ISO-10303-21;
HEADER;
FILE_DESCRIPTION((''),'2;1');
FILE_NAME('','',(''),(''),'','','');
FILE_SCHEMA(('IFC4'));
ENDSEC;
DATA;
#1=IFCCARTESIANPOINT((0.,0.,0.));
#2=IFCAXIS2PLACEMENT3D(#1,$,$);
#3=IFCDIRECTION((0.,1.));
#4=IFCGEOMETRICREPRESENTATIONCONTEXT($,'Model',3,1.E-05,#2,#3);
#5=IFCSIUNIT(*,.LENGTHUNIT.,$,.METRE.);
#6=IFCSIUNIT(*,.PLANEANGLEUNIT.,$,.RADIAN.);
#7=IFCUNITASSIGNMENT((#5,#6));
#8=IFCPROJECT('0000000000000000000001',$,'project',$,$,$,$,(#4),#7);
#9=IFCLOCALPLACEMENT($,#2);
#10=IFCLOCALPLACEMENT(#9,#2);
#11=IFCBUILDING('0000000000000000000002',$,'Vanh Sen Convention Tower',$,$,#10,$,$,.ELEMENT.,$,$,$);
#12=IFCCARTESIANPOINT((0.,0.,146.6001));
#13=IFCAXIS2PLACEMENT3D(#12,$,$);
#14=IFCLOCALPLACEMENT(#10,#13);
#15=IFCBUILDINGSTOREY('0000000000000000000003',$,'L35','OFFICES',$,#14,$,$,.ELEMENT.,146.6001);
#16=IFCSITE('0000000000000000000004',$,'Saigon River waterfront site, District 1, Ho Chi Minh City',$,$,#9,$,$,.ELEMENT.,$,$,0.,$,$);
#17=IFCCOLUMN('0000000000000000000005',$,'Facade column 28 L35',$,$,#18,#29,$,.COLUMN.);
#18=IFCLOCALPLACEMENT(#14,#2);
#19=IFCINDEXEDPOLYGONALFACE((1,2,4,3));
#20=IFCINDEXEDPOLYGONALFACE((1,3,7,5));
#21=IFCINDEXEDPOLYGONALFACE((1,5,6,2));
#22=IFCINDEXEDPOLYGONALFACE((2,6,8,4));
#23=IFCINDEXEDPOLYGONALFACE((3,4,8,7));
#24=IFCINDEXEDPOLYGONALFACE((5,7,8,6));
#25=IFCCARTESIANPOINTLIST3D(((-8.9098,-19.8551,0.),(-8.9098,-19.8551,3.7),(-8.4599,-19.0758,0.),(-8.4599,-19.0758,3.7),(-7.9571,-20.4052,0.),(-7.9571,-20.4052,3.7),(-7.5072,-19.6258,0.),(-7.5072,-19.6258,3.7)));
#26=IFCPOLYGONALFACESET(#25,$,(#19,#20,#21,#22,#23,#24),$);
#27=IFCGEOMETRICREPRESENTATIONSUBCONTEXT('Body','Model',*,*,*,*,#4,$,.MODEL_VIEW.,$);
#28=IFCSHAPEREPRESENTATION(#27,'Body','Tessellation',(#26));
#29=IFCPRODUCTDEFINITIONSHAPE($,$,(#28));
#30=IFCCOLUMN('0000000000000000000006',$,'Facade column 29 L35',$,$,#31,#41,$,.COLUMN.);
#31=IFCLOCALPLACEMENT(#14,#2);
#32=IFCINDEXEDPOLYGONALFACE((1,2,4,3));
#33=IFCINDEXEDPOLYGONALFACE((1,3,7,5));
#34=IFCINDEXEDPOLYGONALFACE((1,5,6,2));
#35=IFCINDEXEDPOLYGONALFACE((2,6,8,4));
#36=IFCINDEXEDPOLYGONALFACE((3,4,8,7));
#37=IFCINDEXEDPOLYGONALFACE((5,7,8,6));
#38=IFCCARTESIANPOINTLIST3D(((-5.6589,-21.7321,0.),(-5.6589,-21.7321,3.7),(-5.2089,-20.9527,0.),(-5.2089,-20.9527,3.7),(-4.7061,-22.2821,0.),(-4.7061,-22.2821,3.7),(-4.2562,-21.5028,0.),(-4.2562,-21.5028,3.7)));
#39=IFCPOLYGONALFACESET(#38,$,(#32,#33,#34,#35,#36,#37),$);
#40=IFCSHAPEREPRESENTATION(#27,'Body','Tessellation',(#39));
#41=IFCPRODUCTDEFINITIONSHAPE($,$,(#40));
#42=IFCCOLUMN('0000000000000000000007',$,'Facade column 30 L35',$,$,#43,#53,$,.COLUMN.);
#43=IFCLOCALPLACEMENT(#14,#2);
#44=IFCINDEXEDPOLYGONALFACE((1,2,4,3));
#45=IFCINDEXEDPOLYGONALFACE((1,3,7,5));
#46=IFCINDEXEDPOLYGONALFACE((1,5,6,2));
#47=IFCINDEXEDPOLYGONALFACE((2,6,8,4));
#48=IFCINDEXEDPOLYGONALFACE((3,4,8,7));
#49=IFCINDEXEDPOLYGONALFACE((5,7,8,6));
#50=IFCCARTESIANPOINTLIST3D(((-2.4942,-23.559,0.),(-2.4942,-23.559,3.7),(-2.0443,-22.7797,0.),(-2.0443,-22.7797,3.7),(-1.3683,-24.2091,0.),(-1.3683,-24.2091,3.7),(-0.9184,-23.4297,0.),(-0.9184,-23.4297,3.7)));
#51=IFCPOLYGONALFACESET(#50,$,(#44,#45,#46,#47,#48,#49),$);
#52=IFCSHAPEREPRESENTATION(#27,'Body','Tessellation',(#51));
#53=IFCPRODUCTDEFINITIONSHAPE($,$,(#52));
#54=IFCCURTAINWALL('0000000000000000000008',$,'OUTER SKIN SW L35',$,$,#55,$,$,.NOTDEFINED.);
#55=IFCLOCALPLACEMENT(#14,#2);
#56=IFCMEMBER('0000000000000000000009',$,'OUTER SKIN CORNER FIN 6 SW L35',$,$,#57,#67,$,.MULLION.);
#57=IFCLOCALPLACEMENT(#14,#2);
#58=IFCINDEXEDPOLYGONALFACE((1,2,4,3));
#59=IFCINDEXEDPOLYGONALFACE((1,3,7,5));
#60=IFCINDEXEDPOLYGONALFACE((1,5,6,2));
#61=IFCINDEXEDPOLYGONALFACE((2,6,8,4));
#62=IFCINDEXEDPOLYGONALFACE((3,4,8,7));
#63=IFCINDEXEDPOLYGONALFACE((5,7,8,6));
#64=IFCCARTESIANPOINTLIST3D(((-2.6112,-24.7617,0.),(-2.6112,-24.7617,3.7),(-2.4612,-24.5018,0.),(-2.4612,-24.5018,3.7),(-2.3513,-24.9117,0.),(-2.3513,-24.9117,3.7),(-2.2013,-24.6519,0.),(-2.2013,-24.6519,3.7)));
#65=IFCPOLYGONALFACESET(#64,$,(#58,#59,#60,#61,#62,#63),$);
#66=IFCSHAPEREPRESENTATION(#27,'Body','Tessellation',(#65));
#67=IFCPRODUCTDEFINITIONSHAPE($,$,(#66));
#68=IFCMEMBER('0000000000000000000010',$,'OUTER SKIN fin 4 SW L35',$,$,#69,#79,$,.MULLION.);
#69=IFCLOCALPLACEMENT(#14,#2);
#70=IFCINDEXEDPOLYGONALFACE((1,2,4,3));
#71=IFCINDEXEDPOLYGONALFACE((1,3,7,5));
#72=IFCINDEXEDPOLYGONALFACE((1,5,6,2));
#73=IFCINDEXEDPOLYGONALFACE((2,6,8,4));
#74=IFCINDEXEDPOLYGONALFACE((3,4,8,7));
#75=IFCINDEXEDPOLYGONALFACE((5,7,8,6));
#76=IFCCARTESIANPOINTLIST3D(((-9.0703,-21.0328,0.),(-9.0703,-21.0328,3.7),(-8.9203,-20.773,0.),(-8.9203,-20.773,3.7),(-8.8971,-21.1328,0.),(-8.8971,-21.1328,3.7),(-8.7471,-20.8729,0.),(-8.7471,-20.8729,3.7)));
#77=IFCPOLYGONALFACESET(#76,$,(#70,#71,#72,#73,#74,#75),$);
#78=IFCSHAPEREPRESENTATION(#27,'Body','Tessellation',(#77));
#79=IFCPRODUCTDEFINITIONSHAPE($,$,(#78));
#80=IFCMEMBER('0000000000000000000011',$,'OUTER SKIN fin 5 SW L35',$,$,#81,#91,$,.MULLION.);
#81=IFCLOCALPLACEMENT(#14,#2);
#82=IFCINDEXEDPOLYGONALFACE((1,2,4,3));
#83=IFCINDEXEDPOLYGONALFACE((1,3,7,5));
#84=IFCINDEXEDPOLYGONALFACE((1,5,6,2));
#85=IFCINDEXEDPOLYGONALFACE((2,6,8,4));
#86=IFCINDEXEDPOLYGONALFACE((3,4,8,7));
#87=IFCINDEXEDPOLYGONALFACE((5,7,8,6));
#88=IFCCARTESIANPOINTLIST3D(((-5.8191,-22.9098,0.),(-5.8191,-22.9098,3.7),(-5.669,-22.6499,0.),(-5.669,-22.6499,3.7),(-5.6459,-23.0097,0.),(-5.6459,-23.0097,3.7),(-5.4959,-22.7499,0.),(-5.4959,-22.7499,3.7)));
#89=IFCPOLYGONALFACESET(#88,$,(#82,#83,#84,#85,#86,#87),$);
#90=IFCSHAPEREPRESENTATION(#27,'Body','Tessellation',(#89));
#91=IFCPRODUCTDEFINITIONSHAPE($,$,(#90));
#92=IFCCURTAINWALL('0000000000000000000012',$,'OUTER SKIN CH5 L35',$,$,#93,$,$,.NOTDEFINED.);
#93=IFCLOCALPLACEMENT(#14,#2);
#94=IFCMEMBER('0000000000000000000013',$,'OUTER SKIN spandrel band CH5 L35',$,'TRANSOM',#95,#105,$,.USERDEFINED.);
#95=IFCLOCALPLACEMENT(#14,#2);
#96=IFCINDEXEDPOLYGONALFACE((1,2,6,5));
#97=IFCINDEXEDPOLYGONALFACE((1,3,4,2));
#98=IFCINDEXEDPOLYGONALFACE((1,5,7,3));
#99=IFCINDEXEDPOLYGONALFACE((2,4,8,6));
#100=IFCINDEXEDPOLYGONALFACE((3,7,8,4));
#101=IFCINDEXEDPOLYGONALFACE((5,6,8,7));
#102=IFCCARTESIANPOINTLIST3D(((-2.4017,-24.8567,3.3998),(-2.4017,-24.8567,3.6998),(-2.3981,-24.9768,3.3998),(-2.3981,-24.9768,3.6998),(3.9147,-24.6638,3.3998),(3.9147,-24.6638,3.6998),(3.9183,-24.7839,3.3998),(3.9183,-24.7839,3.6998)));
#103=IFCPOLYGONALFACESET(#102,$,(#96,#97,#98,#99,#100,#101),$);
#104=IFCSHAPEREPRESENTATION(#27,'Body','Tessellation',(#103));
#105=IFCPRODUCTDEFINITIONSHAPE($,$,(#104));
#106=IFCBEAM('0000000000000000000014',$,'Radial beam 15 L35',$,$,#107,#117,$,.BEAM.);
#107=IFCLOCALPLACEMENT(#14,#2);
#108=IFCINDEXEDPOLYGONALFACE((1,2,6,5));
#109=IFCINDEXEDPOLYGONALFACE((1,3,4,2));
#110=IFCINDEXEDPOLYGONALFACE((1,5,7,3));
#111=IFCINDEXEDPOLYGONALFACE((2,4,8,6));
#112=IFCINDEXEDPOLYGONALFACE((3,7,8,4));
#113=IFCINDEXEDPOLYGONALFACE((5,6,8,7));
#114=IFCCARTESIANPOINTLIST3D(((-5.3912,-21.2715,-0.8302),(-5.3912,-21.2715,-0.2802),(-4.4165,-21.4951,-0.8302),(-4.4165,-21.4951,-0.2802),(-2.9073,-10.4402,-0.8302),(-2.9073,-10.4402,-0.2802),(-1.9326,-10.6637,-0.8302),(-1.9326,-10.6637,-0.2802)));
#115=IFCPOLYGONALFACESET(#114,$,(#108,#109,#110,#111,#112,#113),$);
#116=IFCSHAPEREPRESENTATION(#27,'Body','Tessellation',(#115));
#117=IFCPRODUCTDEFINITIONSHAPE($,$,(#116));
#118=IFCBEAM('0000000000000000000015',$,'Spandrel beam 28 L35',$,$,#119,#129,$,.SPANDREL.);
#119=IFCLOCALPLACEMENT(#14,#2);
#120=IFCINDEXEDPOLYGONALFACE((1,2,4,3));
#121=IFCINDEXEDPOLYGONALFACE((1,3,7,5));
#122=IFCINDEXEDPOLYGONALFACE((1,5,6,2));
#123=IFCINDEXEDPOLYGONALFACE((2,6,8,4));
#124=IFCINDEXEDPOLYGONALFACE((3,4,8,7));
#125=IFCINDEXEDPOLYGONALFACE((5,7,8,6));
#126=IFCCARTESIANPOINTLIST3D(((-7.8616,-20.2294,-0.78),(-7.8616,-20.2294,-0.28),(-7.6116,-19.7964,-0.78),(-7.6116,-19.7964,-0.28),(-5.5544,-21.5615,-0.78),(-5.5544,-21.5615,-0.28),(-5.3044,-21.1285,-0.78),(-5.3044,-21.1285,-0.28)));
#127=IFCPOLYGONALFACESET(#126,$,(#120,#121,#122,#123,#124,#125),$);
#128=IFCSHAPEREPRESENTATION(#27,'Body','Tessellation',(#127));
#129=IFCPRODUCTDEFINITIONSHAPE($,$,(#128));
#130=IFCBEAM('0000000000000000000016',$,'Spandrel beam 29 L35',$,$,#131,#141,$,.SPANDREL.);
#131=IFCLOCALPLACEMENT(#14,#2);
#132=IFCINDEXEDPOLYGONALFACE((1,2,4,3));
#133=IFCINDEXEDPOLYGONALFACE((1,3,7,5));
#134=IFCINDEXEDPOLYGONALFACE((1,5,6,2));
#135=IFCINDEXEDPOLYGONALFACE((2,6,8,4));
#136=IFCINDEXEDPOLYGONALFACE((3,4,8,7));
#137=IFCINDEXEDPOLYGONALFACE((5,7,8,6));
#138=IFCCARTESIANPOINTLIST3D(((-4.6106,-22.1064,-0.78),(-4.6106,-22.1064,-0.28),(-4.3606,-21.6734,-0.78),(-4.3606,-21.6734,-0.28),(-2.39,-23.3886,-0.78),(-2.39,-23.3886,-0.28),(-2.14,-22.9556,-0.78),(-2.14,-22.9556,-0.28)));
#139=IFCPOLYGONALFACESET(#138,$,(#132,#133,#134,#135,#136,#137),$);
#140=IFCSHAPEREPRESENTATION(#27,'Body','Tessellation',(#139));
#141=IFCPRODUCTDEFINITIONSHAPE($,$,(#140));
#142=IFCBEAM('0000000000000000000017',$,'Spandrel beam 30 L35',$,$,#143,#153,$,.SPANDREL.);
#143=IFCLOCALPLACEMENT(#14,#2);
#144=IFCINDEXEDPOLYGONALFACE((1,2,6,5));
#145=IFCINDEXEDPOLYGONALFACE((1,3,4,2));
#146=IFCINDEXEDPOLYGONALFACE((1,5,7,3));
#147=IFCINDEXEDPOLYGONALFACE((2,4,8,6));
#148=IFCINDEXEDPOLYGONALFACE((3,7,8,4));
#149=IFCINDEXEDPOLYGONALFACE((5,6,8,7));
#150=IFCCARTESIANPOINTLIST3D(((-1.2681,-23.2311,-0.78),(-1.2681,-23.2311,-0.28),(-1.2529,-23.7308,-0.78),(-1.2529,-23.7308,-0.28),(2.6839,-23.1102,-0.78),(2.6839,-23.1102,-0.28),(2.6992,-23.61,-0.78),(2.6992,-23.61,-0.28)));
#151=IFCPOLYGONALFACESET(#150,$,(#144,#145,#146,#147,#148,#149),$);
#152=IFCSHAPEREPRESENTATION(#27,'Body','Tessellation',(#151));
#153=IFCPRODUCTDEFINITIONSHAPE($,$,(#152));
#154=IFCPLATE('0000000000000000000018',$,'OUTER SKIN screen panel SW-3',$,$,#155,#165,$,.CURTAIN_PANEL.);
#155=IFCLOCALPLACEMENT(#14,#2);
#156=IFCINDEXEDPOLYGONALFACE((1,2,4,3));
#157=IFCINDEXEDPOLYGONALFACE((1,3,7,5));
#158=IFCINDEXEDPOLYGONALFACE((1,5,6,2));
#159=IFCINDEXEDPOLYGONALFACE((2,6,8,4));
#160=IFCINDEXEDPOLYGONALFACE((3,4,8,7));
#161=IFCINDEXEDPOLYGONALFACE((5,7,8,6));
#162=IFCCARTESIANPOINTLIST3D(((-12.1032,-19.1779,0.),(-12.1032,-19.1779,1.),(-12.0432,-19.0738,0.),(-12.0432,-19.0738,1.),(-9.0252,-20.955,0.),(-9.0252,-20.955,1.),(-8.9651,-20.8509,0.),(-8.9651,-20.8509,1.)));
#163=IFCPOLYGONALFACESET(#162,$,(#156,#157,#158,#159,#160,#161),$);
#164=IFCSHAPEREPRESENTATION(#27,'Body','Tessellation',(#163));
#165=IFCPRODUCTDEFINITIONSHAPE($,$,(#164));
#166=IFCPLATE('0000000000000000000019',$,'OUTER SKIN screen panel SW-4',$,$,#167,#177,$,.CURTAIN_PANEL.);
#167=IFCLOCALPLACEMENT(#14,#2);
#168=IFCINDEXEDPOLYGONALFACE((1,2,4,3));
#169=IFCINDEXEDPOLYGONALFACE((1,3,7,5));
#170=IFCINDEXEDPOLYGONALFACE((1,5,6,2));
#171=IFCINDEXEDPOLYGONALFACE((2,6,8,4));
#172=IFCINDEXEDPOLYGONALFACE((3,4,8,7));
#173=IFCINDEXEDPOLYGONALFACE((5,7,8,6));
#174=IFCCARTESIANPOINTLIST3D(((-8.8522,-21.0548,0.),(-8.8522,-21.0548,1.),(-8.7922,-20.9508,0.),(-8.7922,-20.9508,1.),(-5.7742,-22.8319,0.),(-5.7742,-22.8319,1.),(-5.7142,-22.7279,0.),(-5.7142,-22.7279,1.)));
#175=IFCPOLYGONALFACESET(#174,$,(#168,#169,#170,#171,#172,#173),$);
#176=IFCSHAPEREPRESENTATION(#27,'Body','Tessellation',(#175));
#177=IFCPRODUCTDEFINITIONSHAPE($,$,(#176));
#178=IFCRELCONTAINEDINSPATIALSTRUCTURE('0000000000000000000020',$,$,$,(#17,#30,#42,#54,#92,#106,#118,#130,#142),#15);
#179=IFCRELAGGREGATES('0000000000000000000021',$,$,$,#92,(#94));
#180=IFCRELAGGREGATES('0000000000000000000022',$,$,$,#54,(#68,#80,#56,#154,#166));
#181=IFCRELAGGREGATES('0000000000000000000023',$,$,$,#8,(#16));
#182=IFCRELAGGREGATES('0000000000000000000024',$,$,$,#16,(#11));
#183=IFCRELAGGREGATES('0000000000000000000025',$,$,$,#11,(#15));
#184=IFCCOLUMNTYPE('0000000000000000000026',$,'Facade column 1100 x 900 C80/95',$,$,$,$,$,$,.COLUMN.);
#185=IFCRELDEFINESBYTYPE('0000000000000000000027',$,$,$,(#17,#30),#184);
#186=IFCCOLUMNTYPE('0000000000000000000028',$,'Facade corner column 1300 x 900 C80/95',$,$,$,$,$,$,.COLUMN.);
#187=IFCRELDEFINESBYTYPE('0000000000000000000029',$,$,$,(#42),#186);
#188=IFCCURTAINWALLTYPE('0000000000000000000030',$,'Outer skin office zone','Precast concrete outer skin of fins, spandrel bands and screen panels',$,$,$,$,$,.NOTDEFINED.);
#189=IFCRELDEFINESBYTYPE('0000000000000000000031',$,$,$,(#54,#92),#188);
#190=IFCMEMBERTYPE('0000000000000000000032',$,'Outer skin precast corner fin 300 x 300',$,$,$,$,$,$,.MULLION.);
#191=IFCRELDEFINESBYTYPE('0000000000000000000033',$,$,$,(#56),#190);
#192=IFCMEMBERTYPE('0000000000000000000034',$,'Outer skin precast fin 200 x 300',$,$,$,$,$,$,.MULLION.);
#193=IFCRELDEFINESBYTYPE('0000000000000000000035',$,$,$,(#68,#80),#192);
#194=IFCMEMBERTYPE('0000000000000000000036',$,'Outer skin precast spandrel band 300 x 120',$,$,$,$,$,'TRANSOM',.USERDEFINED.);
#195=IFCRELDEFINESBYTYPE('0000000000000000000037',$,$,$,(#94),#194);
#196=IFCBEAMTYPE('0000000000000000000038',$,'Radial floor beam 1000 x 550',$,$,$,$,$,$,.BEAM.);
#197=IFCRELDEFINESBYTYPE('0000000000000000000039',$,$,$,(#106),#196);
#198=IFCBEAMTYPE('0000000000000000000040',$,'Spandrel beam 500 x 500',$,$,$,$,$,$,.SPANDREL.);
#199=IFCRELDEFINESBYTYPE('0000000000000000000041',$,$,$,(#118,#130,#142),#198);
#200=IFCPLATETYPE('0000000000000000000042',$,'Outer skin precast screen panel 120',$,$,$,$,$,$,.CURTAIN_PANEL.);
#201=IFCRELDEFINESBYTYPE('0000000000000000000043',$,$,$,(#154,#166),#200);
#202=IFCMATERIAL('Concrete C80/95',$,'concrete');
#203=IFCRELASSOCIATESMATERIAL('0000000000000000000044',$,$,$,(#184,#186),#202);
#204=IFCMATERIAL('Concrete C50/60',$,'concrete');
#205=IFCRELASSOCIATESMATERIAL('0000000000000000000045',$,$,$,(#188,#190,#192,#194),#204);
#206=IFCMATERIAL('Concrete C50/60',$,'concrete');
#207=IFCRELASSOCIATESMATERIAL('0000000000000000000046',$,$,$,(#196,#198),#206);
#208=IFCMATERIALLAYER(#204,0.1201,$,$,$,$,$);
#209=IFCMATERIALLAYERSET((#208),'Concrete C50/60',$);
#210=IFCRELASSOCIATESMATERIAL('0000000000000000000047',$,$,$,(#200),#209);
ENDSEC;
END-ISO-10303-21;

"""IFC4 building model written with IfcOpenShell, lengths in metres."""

from ifc_helpers import new_model, si_unit, direction, frame, origin, origin_2d, place, context, subcontext, project, spatial, rectangle, extrude, material, layer, layer_set, material_profile, profile_set, type_object, element, aggregate, save


model = new_model("IFC4")

# Units and contexts
model_context = context("Model", 3, precision=1e-05, world=origin(), true_north=direction((0.0, 1.0)))
body_context = subcontext(model_context, "Body", "Model", "MODEL_VIEW")
ifc_project = project(units=[si_unit("LENGTHUNIT", "METRE"), si_unit("PLANEANGLEUNIT", "RADIAN")], contexts=[model_context])

# Site, building, storey
site_placement = place(None, origin())
site = spatial("IfcSite", under=ifc_project, at=site_placement, Name="Saigon River waterfront site, District 1, Ho Chi Minh City", CompositionType="ELEMENT", RefElevation=0.0)
building_placement = place(site_placement, origin())
building = spatial("IfcBuilding", under=site, at=building_placement, Name="Vanh Sen Convention Tower", CompositionType="ELEMENT")
storey_placement = place(building_placement, frame((0.0, 0.0, 146.6001)))
storey = spatial("IfcBuildingStorey", under=building, at=storey_placement, Name="L35", Description="OFFICES", CompositionType="ELEMENT", Elevation=146.6001)

# Columns
ifc_material_1 = material(Name="Concrete C80/95", Category="concrete")
ifc_material_profile_1 = material_profile(ifc_material_1, rectangle(XDim=1.1001, YDim=0.8999, at=origin_2d()), Name="RC 1100X900")
ifc_profile_set_1 = profile_set([ifc_material_profile_1], Name="Concrete C80/95")
column_type_1 = type_object("IfcColumnType", Name="Facade column 1100 x 900 C80/95", PredefinedType="COLUMN", material=ifc_profile_set_1)
for number, where, z_axis, x_axis, name in (
    (1, (-8.2085, -19.7405, 0.0), (0.0, 0.0, 1.0), (0.866025, -0.5, 0.0), "Facade column 28 L35"),
    (2, (-4.9575, -21.6174, 0.0), (0.0, 0.0, 1.0), (0.866025, -0.5, 0.0), "Facade column 29 L35"),
):
    element("IfcColumn", number, at=place(storey_placement, frame(where, z_axis=z_axis, x_axis=x_axis)), inside=storey, type_object=column_type_1, Name=name, PredefinedType="COLUMN", context=body_context, shape_type="SweptSolid", body=[
        extrude(rectangle(XDim=1.1001, YDim=0.8999, at=origin_2d()), origin(), (0.0, 0.0, 1.0), 3.7),
    ])
ifc_material_profile_2 = material_profile(ifc_material_1, rectangle(XDim=1.3, YDim=0.8999, at=origin_2d()), Name="RC 1300X900")
ifc_profile_set_2 = profile_set([ifc_material_profile_2], Name="Concrete C80/95")
column_type_2 = type_object("IfcColumnType", Name="Facade corner column 1300 x 900 C80/95", PredefinedType="COLUMN", material=ifc_profile_set_2)
column_placement = place(storey_placement, frame((-1.7063, -23.4944, 0.0), z_axis=(0.0, 0.0, 1.0), x_axis=(0.866025, -0.5, 0.0)))
element("IfcColumn", 3, at=column_placement, inside=storey, type_object=column_type_2, Name="Facade column 30 L35", PredefinedType="COLUMN", context=body_context, shape_type="SweptSolid", body=[
    extrude(rectangle(XDim=1.3, YDim=0.8999, at=origin_2d()), origin(), (0.0, 0.0, 1.0), 3.7),
])

# Curtain wall, members
ifc_material_2 = material(Name="Concrete C50/60", Category="concrete")
curtain_wall_type = type_object("IfcCurtainWallType", Name="Outer skin office zone", Description="Precast concrete outer skin of fins, spandrel bands and screen panels", PredefinedType="NOTDEFINED", material=ifc_material_2)
curtain_wall_1_placement = place(storey_placement, origin())
curtain_wall_1 = element("IfcCurtainWall", 4, at=curtain_wall_1_placement, inside=storey, type_object=curtain_wall_type, Name="OUTER SKIN SW L35", PredefinedType="NOTDEFINED")
ifc_material_profile_3 = material_profile(ifc_material_2, rectangle(XDim=0.3, YDim=0.3, at=origin_2d()), Name="Outer skin precast corner fin 300 x 300")
ifc_profile_set_3 = profile_set([ifc_material_profile_3], Name="Concrete C50/60")
member_type_1 = type_object("IfcMemberType", Name="Outer skin precast corner fin 300 x 300", PredefinedType="MULLION", material=ifc_profile_set_3)
member_1_placement = place(storey_placement, frame((-2.4062, -24.7068, 0.0), z_axis=(0.0, 0.0, 1.0), x_axis=(0.866025, -0.5, 0.0)))
member_1 = element("IfcMember", 5, at=member_1_placement, type_object=member_type_1, Name="OUTER SKIN CORNER FIN 6 SW L35", PredefinedType="MULLION", context=body_context, shape_type="SweptSolid", body=[
    extrude(rectangle(XDim=0.3, YDim=0.3, at=origin_2d()), origin(), (0.0, 0.0, 1.0), 3.7),
])
ifc_material_profile_4 = material_profile(ifc_material_2, rectangle(XDim=0.2, YDim=0.3, at=origin_2d()), Name="Outer skin precast fin 200 x 300")
ifc_profile_set_4 = profile_set([ifc_material_profile_4], Name="Concrete C50/60")
member_type_2 = type_object("IfcMemberType", Name="Outer skin precast fin 200 x 300", PredefinedType="MULLION", material=ifc_profile_set_4)
member_2_placement = place(storey_placement, frame((-8.9087, -20.9529, 0.0), z_axis=(0.0, 0.0, 1.0), x_axis=(0.866025, -0.5, 0.0)))
member_2 = element("IfcMember", 6, at=member_2_placement, type_object=member_type_2, Name="OUTER SKIN fin 4 SW L35", PredefinedType="MULLION", context=body_context, shape_type="SweptSolid", body=[
    extrude(rectangle(XDim=0.2, YDim=0.3, at=origin_2d()), origin(), (0.0, 0.0, 1.0), 3.7),
])
member_3_placement = place(storey_placement, frame((-5.6575, -22.8298, 0.0), z_axis=(0.0, 0.0, 1.0), x_axis=(0.866025, -0.5, 0.0)))
member_3 = element("IfcMember", 7, at=member_3_placement, type_object=member_type_2, Name="OUTER SKIN fin 5 SW L35", PredefinedType="MULLION", context=body_context, shape_type="SweptSolid", body=[
    extrude(rectangle(XDim=0.2, YDim=0.3, at=origin_2d()), origin(), (0.0, 0.0, 1.0), 3.7),
])

# Curtain wall, member
curtain_wall_2_placement = place(storey_placement, origin())
curtain_wall_2 = element("IfcCurtainWall", 8, at=curtain_wall_2_placement, inside=storey, type_object=curtain_wall_type, Name="OUTER SKIN CH5 L35", PredefinedType="NOTDEFINED")
ifc_material_profile_5 = material_profile(ifc_material_2, rectangle(XDim=0.1201, YDim=0.3, at=origin_2d()), Name="Outer skin precast spandrel band 300 x 120")
ifc_profile_set_5 = profile_set([ifc_material_profile_5], Name="Concrete C50/60")
member_type_3 = type_object("IfcMemberType", Name="Outer skin precast spandrel band 300 x 120", ElementType="TRANSOM", PredefinedType="USERDEFINED", material=ifc_profile_set_5)
member_4_placement = place(storey_placement, frame((-2.3999, -24.9167, 3.5498), z_axis=(0.999534, 0.030521, 0.0), x_axis=(-0.030521, 0.999534, 0.0)))
member_4 = element("IfcMember", 9, at=member_4_placement, type_object=member_type_3, Name="OUTER SKIN spandrel band CH5 L35", ObjectType="TRANSOM", PredefinedType="USERDEFINED", context=body_context, shape_type="SweptSolid", body=[
    extrude(rectangle(XDim=0.1201, YDim=0.3, at=origin_2d()), origin(), (0.0, 0.0, 1.0), 6.3193),
])
aggregate(curtain_wall_2, [member_4])

# Beams
ifc_material_3 = material(Name="Concrete C50/60", Category="concrete")
ifc_material_profile_6 = material_profile(ifc_material_3, rectangle(XDim=1.0, YDim=0.55, at=origin_2d()), Name="RC 1000X550")
ifc_profile_set_6 = profile_set([ifc_material_profile_6], Name="Concrete C50/60")
beam_type_1 = type_object("IfcBeamType", Name="Radial floor beam 1000 x 550", PredefinedType="BEAM", material=ifc_profile_set_6)
beam_1_placement = place(storey_placement, frame((-4.9038, -21.3833, -0.5552), z_axis=(0.223523, 0.974699, 0.0), x_axis=(-0.974699, 0.223523, 0.0)))
element("IfcBeam", 10, at=beam_1_placement, inside=storey, type_object=beam_type_1, Name="Radial beam 15 L35", PredefinedType="BEAM", context=body_context, shape_type="SweptSolid", body=[
    extrude(rectangle(XDim=1.0, YDim=0.55, at=origin_2d()), origin(), (0.0, 0.0, 1.0), 11.1125),
])
ifc_material_profile_7 = material_profile(ifc_material_3, rectangle(XDim=0.5, YDim=0.5, at=origin_2d()), Name="RC 500X500")
ifc_profile_set_7 = profile_set([ifc_material_profile_7], Name="Concrete C50/60")
beam_type_2 = type_object("IfcBeamType", Name="Spandrel beam 500 x 500", PredefinedType="SPANDREL", material=ifc_profile_set_7)
beam_2_placement = place(storey_placement, frame((-7.7366, -20.0129, -0.53), z_axis=(0.866024, -0.500003, 0.0), x_axis=(0.500003, 0.866024, 0.0)))
element("IfcBeam", 11, at=beam_2_placement, inside=storey, type_object=beam_type_2, Name="Spandrel beam 28 L35", PredefinedType="SPANDREL", context=body_context, shape_type="SweptSolid", body=[
    extrude(rectangle(XDim=0.5, YDim=0.5, at=origin_2d()), origin(), (0.0, 0.0, 1.0), 2.6641),
])
beam_3_placement = place(storey_placement, frame((-4.4856, -21.8899, -0.53), z_axis=(0.866008, -0.50003, 0.0), x_axis=(0.50003, 0.866008, 0.0)))
element("IfcBeam", 12, at=beam_3_placement, inside=storey, type_object=beam_type_2, Name="Spandrel beam 29 L35", PredefinedType="SPANDREL", context=body_context, shape_type="SweptSolid", body=[
    extrude(rectangle(XDim=0.5, YDim=0.5, at=origin_2d()), origin(), (0.0, 0.0, 1.0), 2.5642),
])
beam_4_placement = place(storey_placement, frame((-1.2605, -23.481, -0.53), z_axis=(0.999533, 0.030566, 0.0), x_axis=(-0.030566, 0.999533, 0.0)))
element("IfcBeam", 13, at=beam_4_placement, inside=storey, type_object=beam_type_2, Name="Spandrel beam 30 L35", PredefinedType="SPANDREL", context=body_context, shape_type="SweptSolid", body=[
    extrude(rectangle(XDim=0.5, YDim=0.5, at=origin_2d()), origin(), (0.0, 0.0, 1.0), 3.9539),
])

# Plates
ifc_layer_1 = layer(ifc_material_2, 0.1201)
ifc_layer_set_1 = layer_set([ifc_layer_1], Name="Concrete C50/60")
plate_type = type_object("IfcPlateType", Name="Outer skin precast screen panel 120", PredefinedType="CURTAIN_PANEL", material=ifc_layer_set_1)
plate_1_placement = place(storey_placement, frame((-10.5342, -20.0144, 0.0), z_axis=(0.0, 0.0, 1.0), x_axis=(0.866024, -0.500003, 0.0)))
plate_1 = element("IfcPlate", 14, at=plate_1_placement, type_object=plate_type, Name="OUTER SKIN screen panel SW-3", PredefinedType="CURTAIN_PANEL", context=body_context, shape_type="SweptSolid", body=[
    extrude(rectangle(XDim=3.5542, YDim=0.1201, at=origin_2d()), origin(), (0.0, 0.0, 1.0), 1.0),
])
plate_2_placement = place(storey_placement, frame((-7.2832, -21.8914, 0.0), z_axis=(0.0, 0.0, 1.0), x_axis=(0.866017, -0.500015, 0.0)))
plate_2 = element("IfcPlate", 15, at=plate_2_placement, type_object=plate_type, Name="OUTER SKIN screen panel SW-4", PredefinedType="CURTAIN_PANEL", context=body_context, shape_type="SweptSolid", body=[
    extrude(rectangle(XDim=3.5542, YDim=0.1201, at=origin_2d()), origin(), (0.0, 0.0, 1.0), 1.0),
])
aggregate(curtain_wall_1, [member_2, member_3, member_1, plate_1, plate_2])

save(model, "model.ifc")
